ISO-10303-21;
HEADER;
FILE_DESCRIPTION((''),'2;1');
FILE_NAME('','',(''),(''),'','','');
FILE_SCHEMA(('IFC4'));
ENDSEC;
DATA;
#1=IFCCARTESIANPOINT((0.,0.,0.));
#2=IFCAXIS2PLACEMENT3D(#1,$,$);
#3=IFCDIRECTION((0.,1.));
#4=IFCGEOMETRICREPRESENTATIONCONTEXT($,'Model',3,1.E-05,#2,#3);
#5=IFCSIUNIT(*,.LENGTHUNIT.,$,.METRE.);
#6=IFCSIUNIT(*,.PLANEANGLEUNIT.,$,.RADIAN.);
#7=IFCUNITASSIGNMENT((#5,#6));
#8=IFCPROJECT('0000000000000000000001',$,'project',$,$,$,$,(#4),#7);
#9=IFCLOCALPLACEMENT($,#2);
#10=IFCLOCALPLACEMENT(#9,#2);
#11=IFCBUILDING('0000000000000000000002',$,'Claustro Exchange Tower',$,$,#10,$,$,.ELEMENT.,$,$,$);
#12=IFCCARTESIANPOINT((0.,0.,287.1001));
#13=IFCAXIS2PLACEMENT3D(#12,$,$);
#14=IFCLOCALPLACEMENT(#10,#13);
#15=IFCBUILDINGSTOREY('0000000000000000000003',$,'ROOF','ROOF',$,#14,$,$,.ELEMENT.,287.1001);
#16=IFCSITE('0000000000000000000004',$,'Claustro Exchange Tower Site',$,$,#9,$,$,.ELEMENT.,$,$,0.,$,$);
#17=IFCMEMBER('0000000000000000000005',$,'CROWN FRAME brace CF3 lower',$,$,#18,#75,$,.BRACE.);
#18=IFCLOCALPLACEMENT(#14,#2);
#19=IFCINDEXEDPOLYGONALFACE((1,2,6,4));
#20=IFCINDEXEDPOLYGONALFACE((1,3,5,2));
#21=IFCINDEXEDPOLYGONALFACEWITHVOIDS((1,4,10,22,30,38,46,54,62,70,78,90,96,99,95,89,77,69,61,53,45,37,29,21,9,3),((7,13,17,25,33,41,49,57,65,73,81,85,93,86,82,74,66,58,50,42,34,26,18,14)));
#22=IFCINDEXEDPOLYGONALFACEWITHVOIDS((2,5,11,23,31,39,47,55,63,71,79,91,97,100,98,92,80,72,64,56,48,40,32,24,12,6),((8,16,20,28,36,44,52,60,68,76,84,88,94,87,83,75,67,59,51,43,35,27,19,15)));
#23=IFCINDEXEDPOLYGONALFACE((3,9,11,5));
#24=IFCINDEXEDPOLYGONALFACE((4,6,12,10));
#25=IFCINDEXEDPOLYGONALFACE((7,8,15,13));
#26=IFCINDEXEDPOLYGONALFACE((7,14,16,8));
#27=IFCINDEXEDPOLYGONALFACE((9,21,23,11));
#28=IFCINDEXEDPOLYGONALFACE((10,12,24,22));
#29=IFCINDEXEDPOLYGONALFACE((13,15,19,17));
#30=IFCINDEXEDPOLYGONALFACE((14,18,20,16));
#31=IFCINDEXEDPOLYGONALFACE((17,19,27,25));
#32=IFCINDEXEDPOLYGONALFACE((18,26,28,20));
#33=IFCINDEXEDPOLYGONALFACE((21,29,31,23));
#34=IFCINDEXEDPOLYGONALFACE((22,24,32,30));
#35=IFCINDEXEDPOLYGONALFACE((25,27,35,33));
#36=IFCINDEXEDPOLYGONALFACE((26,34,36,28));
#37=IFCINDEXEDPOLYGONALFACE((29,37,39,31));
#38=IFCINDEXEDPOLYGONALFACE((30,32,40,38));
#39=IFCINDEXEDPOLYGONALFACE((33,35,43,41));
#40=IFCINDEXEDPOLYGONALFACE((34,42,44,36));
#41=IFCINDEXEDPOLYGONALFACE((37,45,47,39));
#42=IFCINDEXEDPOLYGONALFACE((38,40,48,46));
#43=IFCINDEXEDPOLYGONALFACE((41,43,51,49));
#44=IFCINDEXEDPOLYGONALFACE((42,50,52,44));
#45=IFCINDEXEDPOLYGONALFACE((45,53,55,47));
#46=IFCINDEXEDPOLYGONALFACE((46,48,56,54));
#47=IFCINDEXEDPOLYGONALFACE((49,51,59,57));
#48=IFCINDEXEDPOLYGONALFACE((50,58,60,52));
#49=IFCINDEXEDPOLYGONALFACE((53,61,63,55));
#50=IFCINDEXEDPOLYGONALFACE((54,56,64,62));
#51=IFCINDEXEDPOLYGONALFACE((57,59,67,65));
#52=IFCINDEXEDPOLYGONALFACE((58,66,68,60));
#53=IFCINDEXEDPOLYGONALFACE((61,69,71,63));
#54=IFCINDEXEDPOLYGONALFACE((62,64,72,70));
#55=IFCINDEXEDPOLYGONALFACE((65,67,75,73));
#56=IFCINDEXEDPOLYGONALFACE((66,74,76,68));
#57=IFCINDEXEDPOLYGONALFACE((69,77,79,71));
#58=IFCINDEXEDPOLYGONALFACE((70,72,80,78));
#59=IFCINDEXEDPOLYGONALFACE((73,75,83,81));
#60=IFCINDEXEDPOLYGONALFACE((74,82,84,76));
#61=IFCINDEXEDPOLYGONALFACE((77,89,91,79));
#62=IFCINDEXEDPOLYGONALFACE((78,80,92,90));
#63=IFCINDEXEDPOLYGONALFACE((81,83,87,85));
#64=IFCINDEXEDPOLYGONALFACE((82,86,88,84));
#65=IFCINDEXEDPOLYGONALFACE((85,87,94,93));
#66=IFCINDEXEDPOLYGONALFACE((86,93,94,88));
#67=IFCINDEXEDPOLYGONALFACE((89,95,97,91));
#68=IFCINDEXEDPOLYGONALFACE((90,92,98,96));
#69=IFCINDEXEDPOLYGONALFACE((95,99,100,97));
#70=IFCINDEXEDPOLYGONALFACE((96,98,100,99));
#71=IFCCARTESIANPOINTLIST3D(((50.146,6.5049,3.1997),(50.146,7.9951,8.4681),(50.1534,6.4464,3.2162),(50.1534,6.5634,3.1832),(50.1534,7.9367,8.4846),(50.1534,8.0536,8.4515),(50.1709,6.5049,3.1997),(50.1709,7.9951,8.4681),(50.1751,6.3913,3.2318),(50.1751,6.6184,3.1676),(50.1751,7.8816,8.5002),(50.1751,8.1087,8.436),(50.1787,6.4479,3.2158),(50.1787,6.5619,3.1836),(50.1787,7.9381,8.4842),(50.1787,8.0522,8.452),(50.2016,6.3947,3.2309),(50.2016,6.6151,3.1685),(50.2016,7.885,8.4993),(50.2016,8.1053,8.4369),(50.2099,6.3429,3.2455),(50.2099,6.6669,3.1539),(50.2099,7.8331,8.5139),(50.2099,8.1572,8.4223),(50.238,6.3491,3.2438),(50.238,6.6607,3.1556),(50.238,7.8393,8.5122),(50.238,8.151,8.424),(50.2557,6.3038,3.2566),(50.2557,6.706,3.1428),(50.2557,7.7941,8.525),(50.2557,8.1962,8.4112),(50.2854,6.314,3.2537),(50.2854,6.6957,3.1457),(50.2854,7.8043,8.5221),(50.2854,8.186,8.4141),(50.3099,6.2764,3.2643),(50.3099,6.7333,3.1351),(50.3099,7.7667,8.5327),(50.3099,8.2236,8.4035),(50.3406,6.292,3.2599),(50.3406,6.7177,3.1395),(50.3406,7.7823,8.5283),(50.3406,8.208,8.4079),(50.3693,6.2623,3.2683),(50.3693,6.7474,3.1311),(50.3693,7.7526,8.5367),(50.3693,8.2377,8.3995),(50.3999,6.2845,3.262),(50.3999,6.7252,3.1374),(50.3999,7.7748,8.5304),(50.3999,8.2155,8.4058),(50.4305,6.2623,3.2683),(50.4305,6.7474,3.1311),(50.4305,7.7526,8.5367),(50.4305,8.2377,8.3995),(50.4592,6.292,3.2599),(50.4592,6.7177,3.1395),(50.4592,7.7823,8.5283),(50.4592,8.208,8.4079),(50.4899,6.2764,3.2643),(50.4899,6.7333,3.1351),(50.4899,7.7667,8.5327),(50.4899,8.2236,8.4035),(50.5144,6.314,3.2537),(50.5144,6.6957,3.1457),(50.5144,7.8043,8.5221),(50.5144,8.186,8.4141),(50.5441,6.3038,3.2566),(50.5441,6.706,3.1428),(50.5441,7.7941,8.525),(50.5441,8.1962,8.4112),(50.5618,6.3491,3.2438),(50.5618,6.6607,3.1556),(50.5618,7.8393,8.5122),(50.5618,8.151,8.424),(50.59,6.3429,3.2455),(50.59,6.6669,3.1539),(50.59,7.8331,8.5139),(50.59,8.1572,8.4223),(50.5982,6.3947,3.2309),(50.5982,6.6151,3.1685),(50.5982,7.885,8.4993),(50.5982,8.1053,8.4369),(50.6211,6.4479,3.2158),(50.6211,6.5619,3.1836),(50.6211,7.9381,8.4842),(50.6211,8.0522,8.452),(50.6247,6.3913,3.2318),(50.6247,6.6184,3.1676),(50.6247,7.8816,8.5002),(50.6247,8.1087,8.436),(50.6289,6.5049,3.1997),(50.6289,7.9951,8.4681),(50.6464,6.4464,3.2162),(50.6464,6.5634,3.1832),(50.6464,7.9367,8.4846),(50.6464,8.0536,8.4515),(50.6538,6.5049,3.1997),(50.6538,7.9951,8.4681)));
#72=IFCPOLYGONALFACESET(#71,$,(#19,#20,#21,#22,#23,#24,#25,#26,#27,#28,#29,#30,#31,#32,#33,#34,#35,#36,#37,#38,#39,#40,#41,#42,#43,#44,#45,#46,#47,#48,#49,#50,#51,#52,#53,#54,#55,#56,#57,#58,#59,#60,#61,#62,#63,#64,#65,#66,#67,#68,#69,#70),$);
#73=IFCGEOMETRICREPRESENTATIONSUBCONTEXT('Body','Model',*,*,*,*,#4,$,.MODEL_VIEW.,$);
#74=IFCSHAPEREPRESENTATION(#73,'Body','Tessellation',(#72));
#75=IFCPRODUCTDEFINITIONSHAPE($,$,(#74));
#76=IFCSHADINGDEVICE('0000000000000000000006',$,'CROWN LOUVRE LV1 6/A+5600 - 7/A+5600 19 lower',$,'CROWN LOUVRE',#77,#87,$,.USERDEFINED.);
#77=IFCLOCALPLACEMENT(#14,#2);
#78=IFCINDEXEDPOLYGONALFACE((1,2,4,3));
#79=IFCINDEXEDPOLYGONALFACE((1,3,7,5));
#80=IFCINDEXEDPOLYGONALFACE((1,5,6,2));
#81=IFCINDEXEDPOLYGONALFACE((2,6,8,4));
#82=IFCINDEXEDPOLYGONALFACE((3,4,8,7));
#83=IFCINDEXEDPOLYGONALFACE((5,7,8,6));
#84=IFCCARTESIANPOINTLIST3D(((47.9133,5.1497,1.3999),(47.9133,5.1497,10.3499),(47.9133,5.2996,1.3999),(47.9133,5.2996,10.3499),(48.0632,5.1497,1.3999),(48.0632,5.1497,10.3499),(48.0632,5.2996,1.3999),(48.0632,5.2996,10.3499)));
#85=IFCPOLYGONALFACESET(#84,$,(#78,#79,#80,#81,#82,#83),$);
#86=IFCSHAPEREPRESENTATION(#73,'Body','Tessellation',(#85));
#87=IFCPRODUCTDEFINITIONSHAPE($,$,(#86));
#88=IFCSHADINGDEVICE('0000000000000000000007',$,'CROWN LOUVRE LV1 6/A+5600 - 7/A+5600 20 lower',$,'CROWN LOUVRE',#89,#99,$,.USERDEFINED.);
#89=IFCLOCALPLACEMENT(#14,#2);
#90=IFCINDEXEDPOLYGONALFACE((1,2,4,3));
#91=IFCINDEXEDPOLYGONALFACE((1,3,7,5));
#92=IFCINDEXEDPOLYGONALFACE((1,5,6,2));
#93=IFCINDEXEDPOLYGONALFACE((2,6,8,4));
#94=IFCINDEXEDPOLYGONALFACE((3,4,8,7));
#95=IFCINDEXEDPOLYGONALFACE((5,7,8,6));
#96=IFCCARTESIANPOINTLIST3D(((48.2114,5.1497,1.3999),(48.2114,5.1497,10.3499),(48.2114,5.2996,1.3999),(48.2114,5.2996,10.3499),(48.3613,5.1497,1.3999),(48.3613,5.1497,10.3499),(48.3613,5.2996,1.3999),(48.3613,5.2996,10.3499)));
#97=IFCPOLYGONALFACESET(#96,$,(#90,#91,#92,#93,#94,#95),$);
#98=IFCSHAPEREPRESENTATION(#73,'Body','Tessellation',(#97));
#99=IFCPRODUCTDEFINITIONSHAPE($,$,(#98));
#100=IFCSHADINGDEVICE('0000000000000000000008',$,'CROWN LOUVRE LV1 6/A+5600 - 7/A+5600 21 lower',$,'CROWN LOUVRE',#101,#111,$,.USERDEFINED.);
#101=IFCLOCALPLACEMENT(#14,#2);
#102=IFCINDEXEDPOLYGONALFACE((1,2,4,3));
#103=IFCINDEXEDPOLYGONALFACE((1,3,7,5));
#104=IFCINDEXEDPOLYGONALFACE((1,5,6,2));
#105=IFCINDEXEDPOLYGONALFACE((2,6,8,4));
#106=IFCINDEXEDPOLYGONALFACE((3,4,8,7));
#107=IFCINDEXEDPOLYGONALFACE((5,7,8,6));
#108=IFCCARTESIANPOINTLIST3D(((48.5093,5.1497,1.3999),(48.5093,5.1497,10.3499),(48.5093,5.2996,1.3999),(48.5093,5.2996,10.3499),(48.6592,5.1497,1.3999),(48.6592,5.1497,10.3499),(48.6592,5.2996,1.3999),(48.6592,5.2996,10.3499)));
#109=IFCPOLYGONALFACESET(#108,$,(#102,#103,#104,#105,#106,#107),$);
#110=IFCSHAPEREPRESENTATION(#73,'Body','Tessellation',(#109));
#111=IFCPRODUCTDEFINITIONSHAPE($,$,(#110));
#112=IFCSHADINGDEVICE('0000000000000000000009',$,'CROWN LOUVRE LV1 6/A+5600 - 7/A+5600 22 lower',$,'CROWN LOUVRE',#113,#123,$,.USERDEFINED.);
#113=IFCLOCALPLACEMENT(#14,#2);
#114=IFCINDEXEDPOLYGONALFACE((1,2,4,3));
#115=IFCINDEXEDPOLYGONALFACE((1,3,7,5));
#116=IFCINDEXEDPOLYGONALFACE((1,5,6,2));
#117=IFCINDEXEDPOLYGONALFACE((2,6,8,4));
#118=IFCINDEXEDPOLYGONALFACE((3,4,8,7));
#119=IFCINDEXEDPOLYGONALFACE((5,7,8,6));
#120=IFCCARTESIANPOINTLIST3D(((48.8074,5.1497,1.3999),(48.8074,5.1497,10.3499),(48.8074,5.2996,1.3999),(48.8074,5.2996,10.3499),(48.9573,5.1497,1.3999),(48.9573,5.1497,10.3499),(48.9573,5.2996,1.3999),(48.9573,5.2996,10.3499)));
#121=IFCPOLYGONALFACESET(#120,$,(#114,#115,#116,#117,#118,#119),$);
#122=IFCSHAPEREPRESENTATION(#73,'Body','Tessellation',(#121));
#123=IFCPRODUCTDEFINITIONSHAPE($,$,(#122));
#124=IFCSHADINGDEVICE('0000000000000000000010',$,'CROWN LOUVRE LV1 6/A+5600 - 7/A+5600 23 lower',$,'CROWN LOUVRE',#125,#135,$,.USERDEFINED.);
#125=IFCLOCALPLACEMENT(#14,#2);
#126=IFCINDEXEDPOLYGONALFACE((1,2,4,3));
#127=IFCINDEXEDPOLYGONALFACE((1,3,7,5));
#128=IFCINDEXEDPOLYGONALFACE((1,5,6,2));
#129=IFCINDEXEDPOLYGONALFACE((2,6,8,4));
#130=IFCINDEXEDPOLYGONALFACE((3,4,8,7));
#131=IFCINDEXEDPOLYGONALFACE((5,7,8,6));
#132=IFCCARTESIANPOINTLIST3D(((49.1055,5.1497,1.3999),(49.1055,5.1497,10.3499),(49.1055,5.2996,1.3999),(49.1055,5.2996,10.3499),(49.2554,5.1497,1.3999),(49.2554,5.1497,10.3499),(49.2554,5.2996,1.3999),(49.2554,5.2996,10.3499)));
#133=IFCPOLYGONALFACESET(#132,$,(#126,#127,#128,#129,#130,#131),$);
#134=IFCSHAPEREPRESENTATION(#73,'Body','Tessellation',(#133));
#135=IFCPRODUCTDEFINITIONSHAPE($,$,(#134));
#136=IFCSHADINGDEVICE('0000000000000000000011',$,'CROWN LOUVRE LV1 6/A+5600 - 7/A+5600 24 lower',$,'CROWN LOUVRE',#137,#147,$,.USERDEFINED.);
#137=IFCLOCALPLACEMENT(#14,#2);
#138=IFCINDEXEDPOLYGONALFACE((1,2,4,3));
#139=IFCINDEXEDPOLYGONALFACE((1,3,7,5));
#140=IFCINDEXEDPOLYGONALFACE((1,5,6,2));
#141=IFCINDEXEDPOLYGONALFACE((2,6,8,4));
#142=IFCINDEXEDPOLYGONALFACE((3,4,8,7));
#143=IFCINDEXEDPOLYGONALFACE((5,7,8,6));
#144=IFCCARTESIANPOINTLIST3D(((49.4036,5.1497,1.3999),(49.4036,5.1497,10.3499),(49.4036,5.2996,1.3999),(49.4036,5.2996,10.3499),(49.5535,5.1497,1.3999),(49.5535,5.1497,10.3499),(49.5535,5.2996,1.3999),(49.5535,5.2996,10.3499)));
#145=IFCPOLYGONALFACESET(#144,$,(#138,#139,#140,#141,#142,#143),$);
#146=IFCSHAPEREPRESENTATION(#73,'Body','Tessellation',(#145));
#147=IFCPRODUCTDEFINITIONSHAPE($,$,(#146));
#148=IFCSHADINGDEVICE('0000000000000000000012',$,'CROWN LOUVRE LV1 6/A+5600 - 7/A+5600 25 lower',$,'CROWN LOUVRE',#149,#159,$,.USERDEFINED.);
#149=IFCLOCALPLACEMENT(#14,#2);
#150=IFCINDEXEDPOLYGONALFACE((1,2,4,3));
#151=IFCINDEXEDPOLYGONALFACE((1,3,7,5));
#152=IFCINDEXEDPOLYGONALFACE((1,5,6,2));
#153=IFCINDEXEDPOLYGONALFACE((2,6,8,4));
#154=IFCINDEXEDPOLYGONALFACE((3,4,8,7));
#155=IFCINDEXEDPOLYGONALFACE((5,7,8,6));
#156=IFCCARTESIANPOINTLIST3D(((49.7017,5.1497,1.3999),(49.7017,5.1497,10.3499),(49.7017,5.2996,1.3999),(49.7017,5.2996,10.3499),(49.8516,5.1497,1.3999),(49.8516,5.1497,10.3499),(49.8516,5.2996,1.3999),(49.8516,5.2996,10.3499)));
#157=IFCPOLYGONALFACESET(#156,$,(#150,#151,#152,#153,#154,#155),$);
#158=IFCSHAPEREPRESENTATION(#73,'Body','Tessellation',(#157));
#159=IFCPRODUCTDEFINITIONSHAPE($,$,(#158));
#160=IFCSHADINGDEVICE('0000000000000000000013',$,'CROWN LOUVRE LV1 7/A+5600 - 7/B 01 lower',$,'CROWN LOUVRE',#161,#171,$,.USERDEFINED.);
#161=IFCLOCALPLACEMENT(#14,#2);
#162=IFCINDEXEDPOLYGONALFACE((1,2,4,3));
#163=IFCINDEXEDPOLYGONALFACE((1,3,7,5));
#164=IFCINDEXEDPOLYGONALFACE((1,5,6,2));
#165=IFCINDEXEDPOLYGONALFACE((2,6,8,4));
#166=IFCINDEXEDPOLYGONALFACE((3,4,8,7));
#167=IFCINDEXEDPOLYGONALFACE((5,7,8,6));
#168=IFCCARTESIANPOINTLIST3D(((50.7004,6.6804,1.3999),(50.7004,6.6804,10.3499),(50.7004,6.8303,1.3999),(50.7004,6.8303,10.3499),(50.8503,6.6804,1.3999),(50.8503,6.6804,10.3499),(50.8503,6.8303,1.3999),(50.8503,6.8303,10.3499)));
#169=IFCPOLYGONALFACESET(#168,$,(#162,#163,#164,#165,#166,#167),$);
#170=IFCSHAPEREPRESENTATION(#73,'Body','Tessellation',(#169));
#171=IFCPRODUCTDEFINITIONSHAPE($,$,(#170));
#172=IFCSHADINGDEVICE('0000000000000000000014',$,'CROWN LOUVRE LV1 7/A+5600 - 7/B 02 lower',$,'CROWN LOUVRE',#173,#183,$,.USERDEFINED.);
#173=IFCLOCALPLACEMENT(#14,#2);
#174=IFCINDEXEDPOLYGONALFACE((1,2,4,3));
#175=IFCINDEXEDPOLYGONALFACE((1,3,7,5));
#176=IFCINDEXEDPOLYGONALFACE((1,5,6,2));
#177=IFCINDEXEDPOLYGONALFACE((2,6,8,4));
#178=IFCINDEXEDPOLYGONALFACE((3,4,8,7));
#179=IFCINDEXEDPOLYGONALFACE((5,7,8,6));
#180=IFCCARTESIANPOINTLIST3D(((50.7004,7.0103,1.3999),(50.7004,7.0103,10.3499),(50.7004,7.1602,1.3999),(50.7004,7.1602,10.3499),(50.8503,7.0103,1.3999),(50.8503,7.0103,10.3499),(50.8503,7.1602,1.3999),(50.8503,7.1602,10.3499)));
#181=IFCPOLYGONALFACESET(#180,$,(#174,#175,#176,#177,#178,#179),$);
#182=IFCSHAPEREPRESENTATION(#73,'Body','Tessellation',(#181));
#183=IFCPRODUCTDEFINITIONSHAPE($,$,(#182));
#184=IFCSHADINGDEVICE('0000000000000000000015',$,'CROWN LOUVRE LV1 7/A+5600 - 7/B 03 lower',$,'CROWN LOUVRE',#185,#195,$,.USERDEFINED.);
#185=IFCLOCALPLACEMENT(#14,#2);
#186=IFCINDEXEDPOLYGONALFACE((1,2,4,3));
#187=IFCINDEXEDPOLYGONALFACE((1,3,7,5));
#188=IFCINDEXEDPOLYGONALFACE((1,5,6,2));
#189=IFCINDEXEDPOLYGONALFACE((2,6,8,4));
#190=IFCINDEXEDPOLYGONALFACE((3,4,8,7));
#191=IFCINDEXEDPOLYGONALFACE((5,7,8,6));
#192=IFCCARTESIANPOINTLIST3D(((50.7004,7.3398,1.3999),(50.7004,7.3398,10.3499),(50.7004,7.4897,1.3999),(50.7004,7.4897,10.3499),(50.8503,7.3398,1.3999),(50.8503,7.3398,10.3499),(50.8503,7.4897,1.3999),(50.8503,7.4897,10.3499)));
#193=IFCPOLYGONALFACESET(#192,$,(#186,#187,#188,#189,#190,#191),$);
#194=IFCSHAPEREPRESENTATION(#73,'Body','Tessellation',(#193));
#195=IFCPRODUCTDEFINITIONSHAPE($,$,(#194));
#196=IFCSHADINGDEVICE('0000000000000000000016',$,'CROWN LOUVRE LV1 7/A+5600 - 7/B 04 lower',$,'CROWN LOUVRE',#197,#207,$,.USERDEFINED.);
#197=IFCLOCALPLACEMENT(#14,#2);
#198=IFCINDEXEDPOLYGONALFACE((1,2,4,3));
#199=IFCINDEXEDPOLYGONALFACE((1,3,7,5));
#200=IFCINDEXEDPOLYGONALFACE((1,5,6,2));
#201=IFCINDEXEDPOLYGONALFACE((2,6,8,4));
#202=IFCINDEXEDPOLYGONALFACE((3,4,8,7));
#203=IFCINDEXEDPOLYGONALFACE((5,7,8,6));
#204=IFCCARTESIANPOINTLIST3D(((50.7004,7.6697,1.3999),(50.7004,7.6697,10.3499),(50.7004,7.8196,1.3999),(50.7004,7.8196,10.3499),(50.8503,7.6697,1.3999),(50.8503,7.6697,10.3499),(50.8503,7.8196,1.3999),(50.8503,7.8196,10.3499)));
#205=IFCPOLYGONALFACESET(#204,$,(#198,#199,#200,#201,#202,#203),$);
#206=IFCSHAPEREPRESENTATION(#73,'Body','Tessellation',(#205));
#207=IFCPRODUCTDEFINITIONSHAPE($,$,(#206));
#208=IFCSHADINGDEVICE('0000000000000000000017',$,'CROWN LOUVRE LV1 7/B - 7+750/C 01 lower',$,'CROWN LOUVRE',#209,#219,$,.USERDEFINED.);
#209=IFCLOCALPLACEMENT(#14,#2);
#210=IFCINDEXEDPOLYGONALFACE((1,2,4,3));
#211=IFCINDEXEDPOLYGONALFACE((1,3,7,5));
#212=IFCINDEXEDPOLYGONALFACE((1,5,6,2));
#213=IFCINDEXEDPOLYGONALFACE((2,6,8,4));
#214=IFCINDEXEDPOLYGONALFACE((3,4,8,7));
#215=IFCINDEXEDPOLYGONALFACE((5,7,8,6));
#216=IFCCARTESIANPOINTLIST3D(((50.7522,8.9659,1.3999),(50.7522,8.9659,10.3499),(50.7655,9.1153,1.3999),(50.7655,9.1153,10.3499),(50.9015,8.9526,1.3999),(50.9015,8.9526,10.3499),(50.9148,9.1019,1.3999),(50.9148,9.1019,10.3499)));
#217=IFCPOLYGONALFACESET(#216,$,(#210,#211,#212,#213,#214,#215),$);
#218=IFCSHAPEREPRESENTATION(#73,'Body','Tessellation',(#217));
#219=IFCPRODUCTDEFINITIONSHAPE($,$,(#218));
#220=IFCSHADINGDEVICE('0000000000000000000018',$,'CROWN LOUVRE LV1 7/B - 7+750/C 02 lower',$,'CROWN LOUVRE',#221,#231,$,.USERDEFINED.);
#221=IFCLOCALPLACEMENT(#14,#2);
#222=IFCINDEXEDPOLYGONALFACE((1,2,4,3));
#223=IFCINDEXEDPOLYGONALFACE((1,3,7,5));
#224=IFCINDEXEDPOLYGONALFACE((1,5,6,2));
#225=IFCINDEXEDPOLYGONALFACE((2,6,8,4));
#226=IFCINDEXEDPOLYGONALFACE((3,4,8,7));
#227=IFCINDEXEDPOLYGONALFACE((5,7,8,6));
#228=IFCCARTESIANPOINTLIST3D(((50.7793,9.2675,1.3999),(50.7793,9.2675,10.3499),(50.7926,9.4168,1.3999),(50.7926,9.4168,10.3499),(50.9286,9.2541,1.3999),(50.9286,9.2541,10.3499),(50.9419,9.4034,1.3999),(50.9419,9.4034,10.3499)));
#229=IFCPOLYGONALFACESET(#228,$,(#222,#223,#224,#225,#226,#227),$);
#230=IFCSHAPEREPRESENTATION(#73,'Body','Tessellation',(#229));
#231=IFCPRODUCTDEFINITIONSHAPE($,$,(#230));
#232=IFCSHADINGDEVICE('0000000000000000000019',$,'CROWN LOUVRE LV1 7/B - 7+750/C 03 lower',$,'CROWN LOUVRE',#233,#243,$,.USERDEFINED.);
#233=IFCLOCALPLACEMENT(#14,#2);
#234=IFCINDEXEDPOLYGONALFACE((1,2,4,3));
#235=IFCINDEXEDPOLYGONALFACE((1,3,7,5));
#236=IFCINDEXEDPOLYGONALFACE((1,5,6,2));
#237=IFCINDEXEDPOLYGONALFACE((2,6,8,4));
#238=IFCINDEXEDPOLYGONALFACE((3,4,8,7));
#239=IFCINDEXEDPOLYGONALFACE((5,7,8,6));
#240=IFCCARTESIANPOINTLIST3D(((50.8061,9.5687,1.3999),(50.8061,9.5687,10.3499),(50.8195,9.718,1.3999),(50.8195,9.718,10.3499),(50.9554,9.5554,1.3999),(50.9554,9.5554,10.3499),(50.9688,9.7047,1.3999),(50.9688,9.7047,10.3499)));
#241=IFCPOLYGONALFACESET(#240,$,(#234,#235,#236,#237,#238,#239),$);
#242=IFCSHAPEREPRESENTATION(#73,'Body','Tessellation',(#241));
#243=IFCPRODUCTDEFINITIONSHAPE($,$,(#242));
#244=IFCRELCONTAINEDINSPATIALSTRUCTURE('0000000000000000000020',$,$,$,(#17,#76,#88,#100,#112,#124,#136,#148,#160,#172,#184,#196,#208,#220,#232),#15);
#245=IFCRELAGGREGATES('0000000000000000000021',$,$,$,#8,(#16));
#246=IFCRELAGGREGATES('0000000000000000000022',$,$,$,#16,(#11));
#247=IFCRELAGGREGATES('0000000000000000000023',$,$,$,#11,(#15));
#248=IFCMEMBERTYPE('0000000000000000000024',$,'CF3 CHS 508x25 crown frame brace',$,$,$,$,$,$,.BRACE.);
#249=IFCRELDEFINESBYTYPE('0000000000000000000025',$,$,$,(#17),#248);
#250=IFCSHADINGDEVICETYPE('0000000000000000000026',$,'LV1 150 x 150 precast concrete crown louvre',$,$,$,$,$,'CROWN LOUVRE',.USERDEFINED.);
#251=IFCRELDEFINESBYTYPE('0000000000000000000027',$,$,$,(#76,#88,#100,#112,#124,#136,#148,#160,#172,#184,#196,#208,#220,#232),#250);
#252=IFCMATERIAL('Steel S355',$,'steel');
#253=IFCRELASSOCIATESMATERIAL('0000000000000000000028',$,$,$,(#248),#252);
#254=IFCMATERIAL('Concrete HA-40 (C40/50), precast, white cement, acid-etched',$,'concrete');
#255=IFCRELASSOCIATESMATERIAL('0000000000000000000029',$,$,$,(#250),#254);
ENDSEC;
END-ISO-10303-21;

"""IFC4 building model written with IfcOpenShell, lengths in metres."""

from ifc_helpers import new_model, si_unit, direction, frame, origin, origin_2d, place, context, subcontext, project, spatial, rectangle, hollow_circle, extrude, material, material_profile, profile_set, type_object, element, save


model = new_model("IFC4")

# Units and contexts
model_context = context("Model", 3, precision=1e-05, world=origin(), true_north=direction((0.0, 1.0)))
body_context = subcontext(model_context, "Body", "Model", "MODEL_VIEW")
ifc_project = project(units=[si_unit("LENGTHUNIT", "METRE"), si_unit("PLANEANGLEUNIT", "RADIAN")], contexts=[model_context])

# Site, building, storey
site_placement = place(None, origin())
site = spatial("IfcSite", under=ifc_project, at=site_placement, Name="Claustro Exchange Tower Site", CompositionType="ELEMENT", RefElevation=0.0)
building_placement = place(site_placement, origin())
building = spatial("IfcBuilding", under=site, at=building_placement, Name="Claustro Exchange Tower", CompositionType="ELEMENT")
storey_placement = place(building_placement, frame((0.0, 0.0, 287.1001)))
storey = spatial("IfcBuildingStorey", under=building, at=storey_placement, Name="ROOF", Description="ROOF", CompositionType="ELEMENT", Elevation=287.1001)

# Member
ifc_material_1 = material(Name="Steel S355", Category="steel")
ifc_material_profile = material_profile(ifc_material_1, hollow_circle(Radius=0.2539, WallThickness=0.0249, at=origin_2d()), Name="CHS 508x25")
ifc_profile_set = profile_set([ifc_material_profile], Name="Steel S355")
member_type = type_object("IfcMemberType", Name="CF3 CHS 508x25 crown frame brace", PredefinedType="BRACE", material=ifc_profile_set)
member_placement = place(storey_placement, frame((50.3999, 6.5049, 3.1997), z_axis=(0.0, 0.272188, 0.962244), x_axis=(-1.0, 0.0, 0.0)))
element("IfcMember", 1, at=member_placement, inside=storey, type_object=member_type, Name="CROWN FRAME brace CF3 lower", PredefinedType="BRACE", context=body_context, shape_type="SweptSolid", body=[
    extrude(hollow_circle(Radius=0.2539, WallThickness=0.0249, at=origin_2d()), origin(), (0.0, 0.0, 1.0), 5.4751),
])

# Shading devices
ifc_material_2 = material(Name="Concrete HA-40 (C40/50), precast, white cement, acid-etched", Category="concrete")
shading_device_type = type_object("IfcShadingDeviceType", Name="LV1 150 x 150 precast concrete crown louvre", ElementType="CROWN LOUVRE", PredefinedType="USERDEFINED", material=ifc_material_2)
for number, where, z_axis, x_axis, name in (
    (2, (47.9883, 5.2246, 1.3999), (0.0, 0.0, 1.0), (1.0, 0.0, 0.0), "CROWN LOUVRE LV1 6/A+5600 - 7/A+5600 19 lower"),
    (3, (48.2864, 5.2246, 1.3999), (0.0, 0.0, 1.0), (1.0, 0.0, 0.0), "CROWN LOUVRE LV1 6/A+5600 - 7/A+5600 20 lower"),
    (4, (48.5842, 5.2246, 1.3999), (0.0, 0.0, 1.0), (1.0, 0.0, 0.0), "CROWN LOUVRE LV1 6/A+5600 - 7/A+5600 21 lower"),
    (5, (48.8823, 5.2246, 1.3999), (0.0, 0.0, 1.0), (1.0, 0.0, 0.0), "CROWN LOUVRE LV1 6/A+5600 - 7/A+5600 22 lower"),
    (6, (49.1804, 5.2246, 1.3999), (0.0, 0.0, 1.0), (1.0, 0.0, 0.0), "CROWN LOUVRE LV1 6/A+5600 - 7/A+5600 23 lower"),
    (7, (49.4785, 5.2246, 1.3999), (0.0, 0.0, 1.0), (1.0, 0.0, 0.0), "CROWN LOUVRE LV1 6/A+5600 - 7/A+5600 24 lower"),
    (8, (49.7766, 5.2246, 1.3999), (0.0, 0.0, 1.0), (1.0, 0.0, 0.0), "CROWN LOUVRE LV1 6/A+5600 - 7/A+5600 25 lower"),
    (9, (50.7754, 6.7554, 1.3999), (0.0, 0.0, 1.0), (0.0, 1.0, 0.0), "CROWN LOUVRE LV1 7/A+5600 - 7/B 01 lower"),
    (10, (50.7754, 7.0852, 1.3999), (0.0, 0.0, 1.0), (0.0, 1.0, 0.0), "CROWN LOUVRE LV1 7/A+5600 - 7/B 02 lower"),
    (11, (50.7754, 7.4148, 1.3999), (0.0, 0.0, 1.0), (0.0, 1.0, 0.0), "CROWN LOUVRE LV1 7/A+5600 - 7/B 03 lower"),
    (12, (50.7754, 7.7446, 1.3999), (0.0, 0.0, 1.0), (0.0, 1.0, 0.0), "CROWN LOUVRE LV1 7/A+5600 - 7/B 04 lower"),
    (13, (50.8335, 9.0339, 1.3999), (0.0, 0.0, 1.0), (0.088933, 0.996038, 0.0), "CROWN LOUVRE LV1 7/B - 7+750/C 01 lower"),
    (14, (50.8606, 9.3354, 1.3999), (0.0, 0.0, 1.0), (0.088933, 0.996038, 0.0), "CROWN LOUVRE LV1 7/B - 7+750/C 02 lower"),
    (15, (50.8875, 9.6367, 1.3999), (0.0, 0.0, 1.0), (0.088933, 0.996038, 0.0), "CROWN LOUVRE LV1 7/B - 7+750/C 03 lower"),
):
    element("IfcShadingDevice", number, at=place(storey_placement, frame(where, z_axis=z_axis, x_axis=x_axis)), inside=storey, type_object=shading_device_type, Name=name, ObjectType="CROWN LOUVRE", PredefinedType="USERDEFINED", context=body_context, shape_type="SweptSolid", body=[
        extrude(rectangle(XDim=0.1499, YDim=0.1499, at=origin_2d()), origin(), (0.0, 0.0, 1.0), 8.95),
    ])

save(model, "model.ifc")
